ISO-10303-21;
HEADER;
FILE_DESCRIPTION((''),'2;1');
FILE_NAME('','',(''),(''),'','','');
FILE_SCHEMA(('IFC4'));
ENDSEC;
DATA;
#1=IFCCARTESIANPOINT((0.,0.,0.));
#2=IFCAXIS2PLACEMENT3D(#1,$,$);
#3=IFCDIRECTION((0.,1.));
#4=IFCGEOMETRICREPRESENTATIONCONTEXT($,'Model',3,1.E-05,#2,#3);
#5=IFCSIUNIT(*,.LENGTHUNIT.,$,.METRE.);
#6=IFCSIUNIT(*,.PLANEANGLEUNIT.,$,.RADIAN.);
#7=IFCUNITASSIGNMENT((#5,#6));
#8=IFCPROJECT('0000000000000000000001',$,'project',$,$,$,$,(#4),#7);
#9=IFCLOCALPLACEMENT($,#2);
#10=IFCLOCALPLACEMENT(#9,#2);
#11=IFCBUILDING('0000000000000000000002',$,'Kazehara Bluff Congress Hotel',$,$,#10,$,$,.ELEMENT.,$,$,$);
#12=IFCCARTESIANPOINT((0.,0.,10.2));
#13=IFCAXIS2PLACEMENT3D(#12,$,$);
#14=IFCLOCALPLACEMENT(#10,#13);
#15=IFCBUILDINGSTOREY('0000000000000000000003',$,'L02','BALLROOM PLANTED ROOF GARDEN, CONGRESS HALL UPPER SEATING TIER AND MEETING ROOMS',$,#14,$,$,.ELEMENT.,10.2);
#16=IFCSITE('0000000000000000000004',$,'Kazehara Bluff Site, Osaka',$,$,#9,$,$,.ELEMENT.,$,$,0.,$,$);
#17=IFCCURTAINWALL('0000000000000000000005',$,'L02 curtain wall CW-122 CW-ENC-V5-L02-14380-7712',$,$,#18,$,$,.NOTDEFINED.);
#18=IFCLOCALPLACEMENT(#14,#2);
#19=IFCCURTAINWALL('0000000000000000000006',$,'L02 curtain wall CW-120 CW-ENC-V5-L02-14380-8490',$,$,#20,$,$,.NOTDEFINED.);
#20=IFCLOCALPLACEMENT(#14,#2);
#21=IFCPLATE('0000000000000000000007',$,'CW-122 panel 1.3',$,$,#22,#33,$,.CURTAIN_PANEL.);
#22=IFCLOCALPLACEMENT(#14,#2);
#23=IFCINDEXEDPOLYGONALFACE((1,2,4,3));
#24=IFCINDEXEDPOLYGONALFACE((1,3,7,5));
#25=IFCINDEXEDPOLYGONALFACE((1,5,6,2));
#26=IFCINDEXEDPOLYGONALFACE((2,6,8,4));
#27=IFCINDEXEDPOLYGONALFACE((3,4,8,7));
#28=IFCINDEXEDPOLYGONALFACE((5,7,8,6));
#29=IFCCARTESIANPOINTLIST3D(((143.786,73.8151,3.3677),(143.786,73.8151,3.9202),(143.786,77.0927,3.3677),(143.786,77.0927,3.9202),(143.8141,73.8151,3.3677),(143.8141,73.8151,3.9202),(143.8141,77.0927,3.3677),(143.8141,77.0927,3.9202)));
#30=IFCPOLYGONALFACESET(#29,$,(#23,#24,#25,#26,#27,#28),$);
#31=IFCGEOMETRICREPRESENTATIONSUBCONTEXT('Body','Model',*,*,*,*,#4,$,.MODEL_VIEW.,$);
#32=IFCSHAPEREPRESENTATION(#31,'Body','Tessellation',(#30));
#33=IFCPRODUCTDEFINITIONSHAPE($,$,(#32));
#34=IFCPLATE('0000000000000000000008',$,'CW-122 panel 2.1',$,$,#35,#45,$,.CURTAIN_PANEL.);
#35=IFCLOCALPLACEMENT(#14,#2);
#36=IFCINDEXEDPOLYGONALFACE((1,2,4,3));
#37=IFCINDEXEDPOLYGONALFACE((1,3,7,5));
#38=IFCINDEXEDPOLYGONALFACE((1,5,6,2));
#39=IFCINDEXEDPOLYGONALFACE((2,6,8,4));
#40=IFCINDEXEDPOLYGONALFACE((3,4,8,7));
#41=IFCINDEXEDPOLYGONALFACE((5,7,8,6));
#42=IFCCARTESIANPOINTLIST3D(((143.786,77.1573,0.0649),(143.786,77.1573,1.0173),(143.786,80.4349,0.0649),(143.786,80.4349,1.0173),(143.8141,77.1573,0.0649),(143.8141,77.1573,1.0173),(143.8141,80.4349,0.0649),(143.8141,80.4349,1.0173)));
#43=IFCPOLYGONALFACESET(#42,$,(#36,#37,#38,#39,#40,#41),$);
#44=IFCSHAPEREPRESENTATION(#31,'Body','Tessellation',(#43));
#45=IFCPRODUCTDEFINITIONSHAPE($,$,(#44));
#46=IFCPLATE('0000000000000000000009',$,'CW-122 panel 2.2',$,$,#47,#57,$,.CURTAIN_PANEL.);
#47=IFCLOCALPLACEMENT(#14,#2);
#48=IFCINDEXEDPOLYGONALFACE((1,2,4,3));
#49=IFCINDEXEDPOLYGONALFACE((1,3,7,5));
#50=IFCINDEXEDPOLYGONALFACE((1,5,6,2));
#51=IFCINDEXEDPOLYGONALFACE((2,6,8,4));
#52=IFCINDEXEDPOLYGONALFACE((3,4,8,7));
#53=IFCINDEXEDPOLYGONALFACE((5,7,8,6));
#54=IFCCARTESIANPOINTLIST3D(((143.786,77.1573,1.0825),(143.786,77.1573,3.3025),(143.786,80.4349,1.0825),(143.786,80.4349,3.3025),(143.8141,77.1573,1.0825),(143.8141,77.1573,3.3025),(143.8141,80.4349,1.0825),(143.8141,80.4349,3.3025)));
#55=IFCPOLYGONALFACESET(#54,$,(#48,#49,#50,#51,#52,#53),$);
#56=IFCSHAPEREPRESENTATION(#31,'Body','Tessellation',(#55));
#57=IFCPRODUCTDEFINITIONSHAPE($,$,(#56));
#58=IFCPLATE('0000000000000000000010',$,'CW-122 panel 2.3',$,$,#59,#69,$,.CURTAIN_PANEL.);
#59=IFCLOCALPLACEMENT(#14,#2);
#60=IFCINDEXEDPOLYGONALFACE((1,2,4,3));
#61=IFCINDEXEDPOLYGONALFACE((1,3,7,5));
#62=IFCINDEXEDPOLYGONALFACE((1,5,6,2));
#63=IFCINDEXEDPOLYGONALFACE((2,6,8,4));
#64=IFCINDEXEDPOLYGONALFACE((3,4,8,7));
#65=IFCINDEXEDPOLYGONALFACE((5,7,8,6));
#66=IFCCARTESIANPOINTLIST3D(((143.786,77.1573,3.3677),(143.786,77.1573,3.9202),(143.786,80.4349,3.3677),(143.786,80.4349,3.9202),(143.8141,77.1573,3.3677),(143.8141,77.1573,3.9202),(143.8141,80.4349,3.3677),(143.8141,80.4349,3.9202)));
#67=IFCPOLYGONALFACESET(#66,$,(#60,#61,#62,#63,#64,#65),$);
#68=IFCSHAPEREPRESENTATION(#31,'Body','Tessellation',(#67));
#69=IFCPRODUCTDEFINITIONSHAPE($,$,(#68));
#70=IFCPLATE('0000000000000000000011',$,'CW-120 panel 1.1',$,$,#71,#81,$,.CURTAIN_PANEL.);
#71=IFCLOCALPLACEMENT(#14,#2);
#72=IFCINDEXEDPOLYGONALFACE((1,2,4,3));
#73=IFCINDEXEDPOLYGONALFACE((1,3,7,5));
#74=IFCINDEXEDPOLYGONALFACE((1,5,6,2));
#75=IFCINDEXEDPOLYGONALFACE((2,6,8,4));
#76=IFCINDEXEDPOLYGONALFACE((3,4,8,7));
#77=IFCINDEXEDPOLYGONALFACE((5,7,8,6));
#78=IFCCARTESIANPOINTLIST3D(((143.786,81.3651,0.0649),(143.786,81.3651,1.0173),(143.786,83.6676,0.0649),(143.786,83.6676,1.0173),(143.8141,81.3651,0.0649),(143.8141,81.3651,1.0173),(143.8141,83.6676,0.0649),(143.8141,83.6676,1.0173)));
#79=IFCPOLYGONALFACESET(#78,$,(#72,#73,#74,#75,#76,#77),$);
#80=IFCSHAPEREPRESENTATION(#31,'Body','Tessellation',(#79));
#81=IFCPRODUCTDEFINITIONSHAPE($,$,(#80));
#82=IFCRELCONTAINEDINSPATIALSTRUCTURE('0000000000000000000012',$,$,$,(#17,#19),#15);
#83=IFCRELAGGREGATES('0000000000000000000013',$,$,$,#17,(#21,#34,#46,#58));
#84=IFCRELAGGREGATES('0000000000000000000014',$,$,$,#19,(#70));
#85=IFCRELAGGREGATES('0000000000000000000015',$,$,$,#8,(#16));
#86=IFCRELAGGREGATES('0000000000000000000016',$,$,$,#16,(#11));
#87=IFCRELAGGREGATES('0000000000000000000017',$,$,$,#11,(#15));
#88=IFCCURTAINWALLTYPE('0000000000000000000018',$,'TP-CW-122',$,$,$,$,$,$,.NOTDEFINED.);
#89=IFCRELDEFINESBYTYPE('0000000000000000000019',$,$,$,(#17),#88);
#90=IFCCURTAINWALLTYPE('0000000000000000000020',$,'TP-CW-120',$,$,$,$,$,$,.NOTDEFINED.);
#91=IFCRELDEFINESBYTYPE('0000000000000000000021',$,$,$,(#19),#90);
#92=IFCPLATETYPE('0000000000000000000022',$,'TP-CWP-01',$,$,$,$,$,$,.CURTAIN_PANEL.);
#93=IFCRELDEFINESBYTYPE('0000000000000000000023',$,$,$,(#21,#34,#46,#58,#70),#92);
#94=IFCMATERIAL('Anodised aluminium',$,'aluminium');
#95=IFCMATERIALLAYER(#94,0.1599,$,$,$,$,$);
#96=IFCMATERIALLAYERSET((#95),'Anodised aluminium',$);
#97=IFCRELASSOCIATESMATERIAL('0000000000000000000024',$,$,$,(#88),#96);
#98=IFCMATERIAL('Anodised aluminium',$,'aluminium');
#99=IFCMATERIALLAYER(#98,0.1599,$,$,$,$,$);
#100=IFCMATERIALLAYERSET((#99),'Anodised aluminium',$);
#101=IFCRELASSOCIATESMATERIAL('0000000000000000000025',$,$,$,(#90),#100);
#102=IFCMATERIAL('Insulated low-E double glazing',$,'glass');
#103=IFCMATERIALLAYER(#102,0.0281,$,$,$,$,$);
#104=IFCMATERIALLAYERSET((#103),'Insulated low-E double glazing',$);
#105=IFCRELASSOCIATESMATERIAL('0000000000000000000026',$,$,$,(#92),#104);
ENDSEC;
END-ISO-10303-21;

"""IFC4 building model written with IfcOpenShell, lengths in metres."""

from ifc_helpers import new_model, si_unit, direction, frame, origin, origin_2d, place, context, subcontext, project, spatial, rectangle, extrude, material, layer, layer_set, type_object, element, aggregate, save


model = new_model("IFC4")

# Units and contexts
model_context = context("Model", 3, precision=1e-05, world=origin(), true_north=direction((0.0, 1.0)))
body_context = subcontext(model_context, "Body", "Model", "MODEL_VIEW")
ifc_project = project(units=[si_unit("LENGTHUNIT", "METRE"), si_unit("PLANEANGLEUNIT", "RADIAN")], contexts=[model_context])

# Site, building, storey
site_placement = place(None, origin())
site = spatial("IfcSite", under=ifc_project, at=site_placement, Name="Kazehara Bluff Site, Osaka", CompositionType="ELEMENT", RefElevation=0.0)
building_placement = place(site_placement, origin())
building = spatial("IfcBuilding", under=site, at=building_placement, Name="Kazehara Bluff Congress Hotel", CompositionType="ELEMENT")
storey_placement = place(building_placement, frame((0.0, 0.0, 10.2)))
storey = spatial("IfcBuildingStorey", under=building, at=storey_placement, Name="L02", Description="BALLROOM PLANTED ROOF GARDEN, CONGRESS HALL UPPER SEATING TIER AND MEETING ROOMS", CompositionType="ELEMENT", Elevation=10.2)

# Curtain wall
ifc_material_1 = material(Name="Anodised aluminium", Category="aluminium")
ifc_layer_1 = layer(ifc_material_1, 0.1599)
ifc_layer_set_1 = layer_set([ifc_layer_1], Name="Anodised aluminium")
curtain_wall_type_1 = type_object("IfcCurtainWallType", Name="TP-CW-122", PredefinedType="NOTDEFINED", material=ifc_layer_set_1)
curtain_wall_1_placement = place(storey_placement, origin())
curtain_wall_1 = element("IfcCurtainWall", 1, at=curtain_wall_1_placement, inside=storey, type_object=curtain_wall_type_1, Name="L02 curtain wall CW-122 CW-ENC-V5-L02-14380-7712", PredefinedType="NOTDEFINED")

# Curtain wall
ifc_material_2 = material(Name="Anodised aluminium", Category="aluminium")
ifc_layer_2 = layer(ifc_material_2, 0.1599)
ifc_layer_set_2 = layer_set([ifc_layer_2], Name="Anodised aluminium")
curtain_wall_type_2 = type_object("IfcCurtainWallType", Name="TP-CW-120", PredefinedType="NOTDEFINED", material=ifc_layer_set_2)
curtain_wall_2_placement = place(storey_placement, origin())
curtain_wall_2 = element("IfcCurtainWall", 2, at=curtain_wall_2_placement, inside=storey, type_object=curtain_wall_type_2, Name="L02 curtain wall CW-120 CW-ENC-V5-L02-14380-8490", PredefinedType="NOTDEFINED")

# Plates
ifc_material_3 = material(Name="Insulated low-E double glazing", Category="glass")
ifc_layer_3 = layer(ifc_material_3, 0.0281)
ifc_layer_set_3 = layer_set([ifc_layer_3], Name="Insulated low-E double glazing")
plate_type = type_object("IfcPlateType", Name="TP-CWP-01", PredefinedType="CURTAIN_PANEL", material=ifc_layer_set_3)
plate_1_placement = place(storey_placement, frame((143.8, 75.4539, 3.3677), z_axis=(0.0, 0.0, 1.0), x_axis=(0.0, 1.0, 0.0)))
plate_1 = element("IfcPlate", 3, at=plate_1_placement, type_object=plate_type, Name="CW-122 panel 1.3", PredefinedType="CURTAIN_PANEL", context=body_context, shape_type="SweptSolid", body=[
    extrude(rectangle(XDim=3.2776, YDim=0.0281, at=origin_2d()), origin(), (0.0, 0.0, 1.0), 0.5525),
])
plate_2_placement = place(storey_placement, frame((143.8, 78.7961, 0.0649), z_axis=(0.0, 0.0, 1.0), x_axis=(0.0, 1.0, 0.0)))
plate_2 = element("IfcPlate", 4, at=plate_2_placement, type_object=plate_type, Name="CW-122 panel 2.1", PredefinedType="CURTAIN_PANEL", context=body_context, shape_type="SweptSolid", body=[
    extrude(rectangle(XDim=3.2776, YDim=0.0281, at=origin_2d()), origin(), (0.0, 0.0, 1.0), 0.9524),
])
plate_3_placement = place(storey_placement, frame((143.8, 78.7961, 1.0825), z_axis=(0.0, 0.0, 1.0), x_axis=(0.0, 1.0, 0.0)))
plate_3 = element("IfcPlate", 5, at=plate_3_placement, type_object=plate_type, Name="CW-122 panel 2.2", PredefinedType="CURTAIN_PANEL", context=body_context, shape_type="SweptSolid", body=[
    extrude(rectangle(XDim=3.2776, YDim=0.0281, at=origin_2d()), origin(), (0.0, 0.0, 1.0), 2.22),
])
plate_4_placement = place(storey_placement, frame((143.8, 78.7961, 3.3677), z_axis=(0.0, 0.0, 1.0), x_axis=(0.0, 1.0, 0.0)))
plate_4 = element("IfcPlate", 6, at=plate_4_placement, type_object=plate_type, Name="CW-122 panel 2.3", PredefinedType="CURTAIN_PANEL", context=body_context, shape_type="SweptSolid", body=[
    extrude(rectangle(XDim=3.2776, YDim=0.0281, at=origin_2d()), origin(), (0.0, 0.0, 1.0), 0.5525),
])
aggregate(curtain_wall_1, [plate_1, plate_2, plate_3, plate_4])
plate_5_placement = place(storey_placement, frame((143.8, 82.5164, 0.0649), z_axis=(0.0, 0.0, 1.0), x_axis=(0.0, 1.0, 0.0)))
plate_5 = element("IfcPlate", 7, at=plate_5_placement, type_object=plate_type, Name="CW-120 panel 1.1", PredefinedType="CURTAIN_PANEL", context=body_context, shape_type="SweptSolid", body=[
    extrude(rectangle(XDim=2.3025, YDim=0.0281, at=origin_2d()), origin(), (0.0, 0.0, 1.0), 0.9524),
])
aggregate(curtain_wall_2, [plate_5])

save(model, "model.ifc")
